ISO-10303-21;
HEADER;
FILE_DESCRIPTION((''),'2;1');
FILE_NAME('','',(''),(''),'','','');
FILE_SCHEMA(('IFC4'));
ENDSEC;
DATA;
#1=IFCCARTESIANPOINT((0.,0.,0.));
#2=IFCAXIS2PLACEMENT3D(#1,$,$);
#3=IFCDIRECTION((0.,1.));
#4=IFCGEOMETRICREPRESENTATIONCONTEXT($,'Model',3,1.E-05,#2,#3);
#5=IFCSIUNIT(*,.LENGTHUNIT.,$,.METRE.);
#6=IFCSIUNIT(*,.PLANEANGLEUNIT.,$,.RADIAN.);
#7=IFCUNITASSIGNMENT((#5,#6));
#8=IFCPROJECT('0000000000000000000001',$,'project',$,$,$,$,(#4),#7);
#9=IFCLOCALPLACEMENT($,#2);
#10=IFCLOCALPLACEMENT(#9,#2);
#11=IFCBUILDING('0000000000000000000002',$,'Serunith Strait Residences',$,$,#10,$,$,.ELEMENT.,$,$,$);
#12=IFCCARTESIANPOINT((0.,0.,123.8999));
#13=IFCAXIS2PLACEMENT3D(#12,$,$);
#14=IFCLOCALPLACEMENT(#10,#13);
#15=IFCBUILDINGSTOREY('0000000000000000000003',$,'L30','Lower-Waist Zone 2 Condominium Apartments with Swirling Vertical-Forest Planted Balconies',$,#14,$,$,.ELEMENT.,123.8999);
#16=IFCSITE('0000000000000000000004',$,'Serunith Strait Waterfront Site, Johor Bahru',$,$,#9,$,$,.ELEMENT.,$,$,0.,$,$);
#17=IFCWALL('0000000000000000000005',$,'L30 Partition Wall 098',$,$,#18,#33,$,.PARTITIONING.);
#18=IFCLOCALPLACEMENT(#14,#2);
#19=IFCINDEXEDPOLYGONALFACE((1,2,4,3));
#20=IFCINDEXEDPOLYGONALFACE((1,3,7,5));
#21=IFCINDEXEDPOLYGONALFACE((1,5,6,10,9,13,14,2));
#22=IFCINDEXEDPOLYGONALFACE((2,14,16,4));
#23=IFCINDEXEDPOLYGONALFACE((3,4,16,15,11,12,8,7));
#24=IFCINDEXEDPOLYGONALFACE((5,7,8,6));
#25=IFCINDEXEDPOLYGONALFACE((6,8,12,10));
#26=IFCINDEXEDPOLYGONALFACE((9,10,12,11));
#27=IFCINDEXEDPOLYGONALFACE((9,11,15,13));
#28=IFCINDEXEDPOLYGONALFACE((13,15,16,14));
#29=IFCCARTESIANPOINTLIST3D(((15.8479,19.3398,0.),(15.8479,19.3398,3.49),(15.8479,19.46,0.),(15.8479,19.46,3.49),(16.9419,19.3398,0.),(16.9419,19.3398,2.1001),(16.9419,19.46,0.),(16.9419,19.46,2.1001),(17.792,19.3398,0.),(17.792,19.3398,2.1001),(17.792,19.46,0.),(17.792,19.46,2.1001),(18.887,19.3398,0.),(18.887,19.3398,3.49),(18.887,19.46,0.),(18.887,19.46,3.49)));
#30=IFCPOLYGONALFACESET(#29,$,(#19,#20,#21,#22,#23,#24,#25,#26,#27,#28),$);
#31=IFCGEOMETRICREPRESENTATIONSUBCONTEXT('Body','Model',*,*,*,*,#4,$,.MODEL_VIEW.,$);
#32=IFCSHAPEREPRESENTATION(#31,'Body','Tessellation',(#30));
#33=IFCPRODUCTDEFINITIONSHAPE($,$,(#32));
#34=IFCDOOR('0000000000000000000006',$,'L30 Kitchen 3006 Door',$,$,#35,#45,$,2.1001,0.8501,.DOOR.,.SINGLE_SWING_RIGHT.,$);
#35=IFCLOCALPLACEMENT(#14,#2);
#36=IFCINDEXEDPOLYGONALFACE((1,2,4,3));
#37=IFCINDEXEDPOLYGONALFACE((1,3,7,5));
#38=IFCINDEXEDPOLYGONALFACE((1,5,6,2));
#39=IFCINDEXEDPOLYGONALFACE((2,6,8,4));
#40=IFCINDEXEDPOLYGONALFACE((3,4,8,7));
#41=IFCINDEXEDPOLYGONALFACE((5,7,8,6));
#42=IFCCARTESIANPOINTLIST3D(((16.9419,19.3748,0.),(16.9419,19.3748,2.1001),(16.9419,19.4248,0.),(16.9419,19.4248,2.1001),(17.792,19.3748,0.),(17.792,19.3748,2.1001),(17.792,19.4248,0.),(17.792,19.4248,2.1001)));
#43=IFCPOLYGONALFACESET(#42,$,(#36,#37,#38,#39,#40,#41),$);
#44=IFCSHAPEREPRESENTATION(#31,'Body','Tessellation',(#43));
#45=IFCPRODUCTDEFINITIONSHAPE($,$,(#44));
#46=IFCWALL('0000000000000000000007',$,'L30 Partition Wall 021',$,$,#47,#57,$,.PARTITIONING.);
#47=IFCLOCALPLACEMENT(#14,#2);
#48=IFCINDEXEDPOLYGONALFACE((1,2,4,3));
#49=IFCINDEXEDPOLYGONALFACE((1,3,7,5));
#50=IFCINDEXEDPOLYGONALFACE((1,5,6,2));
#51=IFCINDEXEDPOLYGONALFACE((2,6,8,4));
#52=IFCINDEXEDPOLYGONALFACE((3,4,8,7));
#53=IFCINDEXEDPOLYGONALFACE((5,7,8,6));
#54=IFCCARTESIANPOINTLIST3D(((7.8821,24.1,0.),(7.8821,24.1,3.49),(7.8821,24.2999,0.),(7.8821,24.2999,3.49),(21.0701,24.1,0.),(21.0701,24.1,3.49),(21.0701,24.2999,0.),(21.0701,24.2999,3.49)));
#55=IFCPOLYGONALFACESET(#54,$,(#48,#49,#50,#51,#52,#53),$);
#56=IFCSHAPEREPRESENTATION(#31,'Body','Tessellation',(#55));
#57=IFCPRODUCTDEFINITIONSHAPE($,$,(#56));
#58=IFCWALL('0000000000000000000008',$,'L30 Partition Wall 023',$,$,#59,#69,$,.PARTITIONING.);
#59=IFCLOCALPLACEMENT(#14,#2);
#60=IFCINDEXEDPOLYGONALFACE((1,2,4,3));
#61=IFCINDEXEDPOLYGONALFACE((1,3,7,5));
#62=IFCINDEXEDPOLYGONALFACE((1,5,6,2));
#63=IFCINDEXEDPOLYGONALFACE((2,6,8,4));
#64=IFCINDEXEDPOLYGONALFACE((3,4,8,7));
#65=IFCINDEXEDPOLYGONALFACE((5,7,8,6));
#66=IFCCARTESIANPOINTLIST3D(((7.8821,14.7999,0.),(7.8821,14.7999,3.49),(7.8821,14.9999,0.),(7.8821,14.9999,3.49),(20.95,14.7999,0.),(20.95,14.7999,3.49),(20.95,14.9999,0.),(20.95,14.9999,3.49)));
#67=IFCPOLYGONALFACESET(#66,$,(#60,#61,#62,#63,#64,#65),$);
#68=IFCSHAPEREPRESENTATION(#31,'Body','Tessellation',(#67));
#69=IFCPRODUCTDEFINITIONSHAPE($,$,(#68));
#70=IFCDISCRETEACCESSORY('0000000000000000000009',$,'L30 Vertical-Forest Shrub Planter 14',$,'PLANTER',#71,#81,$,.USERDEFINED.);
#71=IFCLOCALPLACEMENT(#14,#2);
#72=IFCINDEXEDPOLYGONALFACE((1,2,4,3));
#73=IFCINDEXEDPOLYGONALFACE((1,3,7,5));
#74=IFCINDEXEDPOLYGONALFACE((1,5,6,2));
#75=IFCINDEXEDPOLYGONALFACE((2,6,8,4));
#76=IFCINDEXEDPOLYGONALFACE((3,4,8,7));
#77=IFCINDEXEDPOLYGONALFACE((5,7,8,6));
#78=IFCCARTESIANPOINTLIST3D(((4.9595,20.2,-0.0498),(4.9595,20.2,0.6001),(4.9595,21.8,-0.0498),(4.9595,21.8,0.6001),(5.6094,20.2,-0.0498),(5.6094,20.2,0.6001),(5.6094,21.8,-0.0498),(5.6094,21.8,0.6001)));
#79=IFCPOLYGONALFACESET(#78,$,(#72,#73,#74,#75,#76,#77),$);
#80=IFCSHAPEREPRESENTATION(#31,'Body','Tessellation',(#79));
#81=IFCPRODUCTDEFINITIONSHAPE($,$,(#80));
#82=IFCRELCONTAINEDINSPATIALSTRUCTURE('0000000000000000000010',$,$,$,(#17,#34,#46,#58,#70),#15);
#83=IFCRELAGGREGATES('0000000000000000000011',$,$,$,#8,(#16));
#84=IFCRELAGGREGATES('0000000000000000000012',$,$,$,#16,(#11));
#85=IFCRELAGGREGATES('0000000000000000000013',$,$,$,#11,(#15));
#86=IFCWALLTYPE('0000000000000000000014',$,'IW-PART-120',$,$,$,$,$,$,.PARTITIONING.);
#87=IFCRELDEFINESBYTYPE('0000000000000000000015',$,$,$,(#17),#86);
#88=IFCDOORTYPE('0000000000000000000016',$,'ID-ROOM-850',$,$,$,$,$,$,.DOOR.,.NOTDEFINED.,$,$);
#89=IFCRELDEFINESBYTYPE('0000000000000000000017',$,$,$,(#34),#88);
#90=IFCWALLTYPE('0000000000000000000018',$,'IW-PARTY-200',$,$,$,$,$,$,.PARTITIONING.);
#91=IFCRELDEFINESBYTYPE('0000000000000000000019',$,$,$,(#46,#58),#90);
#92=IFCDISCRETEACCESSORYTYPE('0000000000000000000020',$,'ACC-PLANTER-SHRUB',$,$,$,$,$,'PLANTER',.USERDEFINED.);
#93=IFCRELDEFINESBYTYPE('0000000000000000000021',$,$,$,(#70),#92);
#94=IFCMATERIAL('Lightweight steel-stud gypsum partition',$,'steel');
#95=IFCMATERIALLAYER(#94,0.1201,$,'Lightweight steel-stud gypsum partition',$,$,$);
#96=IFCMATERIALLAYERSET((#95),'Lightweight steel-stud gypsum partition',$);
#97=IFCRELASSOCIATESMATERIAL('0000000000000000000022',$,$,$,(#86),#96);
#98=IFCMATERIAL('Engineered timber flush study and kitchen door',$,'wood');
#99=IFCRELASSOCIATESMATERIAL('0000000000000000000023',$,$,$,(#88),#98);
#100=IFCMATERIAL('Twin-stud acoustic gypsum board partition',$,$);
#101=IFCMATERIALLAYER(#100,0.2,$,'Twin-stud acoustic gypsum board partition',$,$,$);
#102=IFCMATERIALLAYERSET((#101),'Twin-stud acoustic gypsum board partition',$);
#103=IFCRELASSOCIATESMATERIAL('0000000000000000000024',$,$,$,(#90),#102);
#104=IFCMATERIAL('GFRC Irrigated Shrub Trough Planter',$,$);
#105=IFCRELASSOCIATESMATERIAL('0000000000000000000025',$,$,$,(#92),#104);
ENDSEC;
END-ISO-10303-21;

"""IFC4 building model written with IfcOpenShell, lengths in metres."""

from ifc_helpers import new_model, si_unit, direction, frame, frame_2d, origin, origin_2d, place, context, subcontext, project, spatial, rectangle, extrude, source, transform, mapped, material, layer, layer_set, type_object, element, fill, save


model = new_model("IFC4")

# Units and contexts
model_context = context("Model", 3, precision=1e-05, world=origin(), true_north=direction((0.0, 1.0)))
body_context = subcontext(model_context, "Body", "Model", "MODEL_VIEW")
ifc_project = project(units=[si_unit("LENGTHUNIT", "METRE"), si_unit("PLANEANGLEUNIT", "RADIAN")], contexts=[model_context])

# Site, building, storey
site_placement = place(None, origin())
site = spatial("IfcSite", under=ifc_project, at=site_placement, Name="Serunith Strait Waterfront Site, Johor Bahru", CompositionType="ELEMENT", RefElevation=0.0)
building_placement = place(site_placement, origin())
building = spatial("IfcBuilding", under=site, at=building_placement, Name="Serunith Strait Residences", CompositionType="ELEMENT")
storey_placement = place(building_placement, frame((0.0, 0.0, 123.8999)))
storey = spatial("IfcBuildingStorey", under=building, at=storey_placement, Name="L30", Description="Lower-Waist Zone 2 Condominium Apartments with Swirling Vertical-Forest Planted Balconies", CompositionType="ELEMENT", Elevation=123.8999)

# Shared definitions
ifc_material_1 = material(Name="Lightweight steel-stud gypsum partition", Category="steel")
ifc_layer_1 = layer(ifc_material_1, 0.1201, Name="Lightweight steel-stud gypsum partition")
ifc_layer_set_1 = layer_set([ifc_layer_1], Name="Lightweight steel-stud gypsum partition")
wall_type_1 = type_object("IfcWallType", Name="IW-PART-120", PredefinedType="PARTITIONING", material=ifc_layer_set_1)
shared_shape_1 = source(origin(), body_context, "Body", "SweptSolid", [
    extrude(rectangle(XDim=0.8501, YDim=2.1001, at=frame_2d((0.425, 1.05))), frame((0.0, 0.0249, 0.0), z_axis=(0.0, -1.0, 0.0), x_axis=(1.0, 0.0, 0.0)), (0.0, 0.0, 1.0), 0.05),
])

# Shared definitions
ifc_material_2 = material(Name="Engineered timber flush study and kitchen door", Category="wood")
door_type_1 = type_object("IfcDoorType", Name="ID-ROOM-850", OperationType="NOTDEFINED", PredefinedType="DOOR", material=ifc_material_2)

# Wall, opening, door
wall_1_placement = place(storey_placement, frame((15.8479, 19.3999, 0.0), z_axis=(0.0, 0.0, 1.0), x_axis=(1.0, 0.0, 0.0)))
wall_1 = element("IfcWall", 1, at=wall_1_placement, inside=storey, type_object=wall_type_1, Name="L30 Partition Wall 098", PredefinedType="PARTITIONING", context=body_context, shape_type="SweptSolid", body=[
    extrude(rectangle(XDim=3.0391, YDim=0.1201, at=frame_2d((1.5195, 0.0))), origin(), (0.0, 0.0, 1.0), 3.49),
])
opening_1_placement = place(wall_1_placement, frame((1.094, 0.0, 0.0)))
opening_1 = element("IfcOpeningElement", 2, at=opening_1_placement, cuts=wall_1, PredefinedType="OPENING", context=body_context, shape_type="SweptSolid", body=[
    extrude(rectangle(XDim=0.8501, YDim=2.1001, at=frame_2d((0.425, 1.05))), frame((0.0, 0.0701, 0.0), z_axis=(0.0, -1.0, 0.0), x_axis=(1.0, 0.0, 0.0)), (0.0, 0.0, 1.0), 0.1401),
])
door_1_placement = place(opening_1_placement, origin())
door_1 = element("IfcDoor", 3, at=door_1_placement, inside=storey, type_object=door_type_1, Name="L30 Kitchen 3006 Door", OperationType="SINGLE_SWING_RIGHT", OverallHeight=2.1001, OverallWidth=0.8501, PredefinedType="DOOR", context=body_context, shape_type="MappedRepresentation", body=[
    mapped(shared_shape_1, transform((0.0, 0.0, 0.0), scale=1.0)),
])
fill(opening_1, door_1)

# Walls
ifc_material_3 = material(Name="Twin-stud acoustic gypsum board partition")
ifc_layer_2 = layer(ifc_material_3, 0.2, Name="Twin-stud acoustic gypsum board partition")
ifc_layer_set_2 = layer_set([ifc_layer_2], Name="Twin-stud acoustic gypsum board partition")
wall_type_2 = type_object("IfcWallType", Name="IW-PARTY-200", PredefinedType="PARTITIONING", material=ifc_layer_set_2)
wall_2_placement = place(storey_placement, frame((7.8821, 24.2, 0.0), z_axis=(0.0, 0.0, 1.0), x_axis=(1.0, 0.0, 0.0)))
element("IfcWall", 4, at=wall_2_placement, inside=storey, type_object=wall_type_2, Name="L30 Partition Wall 021", PredefinedType="PARTITIONING", context=body_context, shape_type="SweptSolid", body=[
    extrude(rectangle(XDim=13.188, YDim=0.2, at=frame_2d((6.594, 0.0))), origin(), (0.0, 0.0, 1.0), 3.49),
])
wall_3_placement = place(storey_placement, frame((7.8821, 14.8999, 0.0), z_axis=(0.0, 0.0, 1.0), x_axis=(1.0, 0.0, 0.0)))
element("IfcWall", 5, at=wall_3_placement, inside=storey, type_object=wall_type_2, Name="L30 Partition Wall 023", PredefinedType="PARTITIONING", context=body_context, shape_type="SweptSolid", body=[
    extrude(rectangle(XDim=13.0679, YDim=0.2, at=frame_2d((6.5339, 0.0))), origin(), (0.0, 0.0, 1.0), 3.49),
])

# Discrete accessory
ifc_material_4 = material(Name="GFRC Irrigated Shrub Trough Planter")
discrete_accessory_type = type_object("IfcDiscreteAccessoryType", Name="ACC-PLANTER-SHRUB", ElementType="PLANTER", PredefinedType="USERDEFINED", material=ifc_material_4)
shared_shape_2 = source(origin(), body_context, "Body", "SweptSolid", [
    extrude(rectangle(XDim=1.6001, YDim=0.6499, at=origin_2d()), origin(), (0.0, 0.0, 1.0), 0.6499),
])
discrete_accessory_placement = place(storey_placement, frame((5.2844, 21.0, -0.0498), z_axis=(0.0, 0.0, 1.0), x_axis=(0.0, -1.0, 0.0)))
element("IfcDiscreteAccessory", 6, at=discrete_accessory_placement, inside=storey, type_object=discrete_accessory_type, Name="L30 Vertical-Forest Shrub Planter 14", ObjectType="PLANTER", PredefinedType="USERDEFINED", context=body_context, shape_type="MappedRepresentation", body=[
    mapped(shared_shape_2, transform((0.0, 0.0, 0.0), scale=1.0)),
])

save(model, "model.ifc")
